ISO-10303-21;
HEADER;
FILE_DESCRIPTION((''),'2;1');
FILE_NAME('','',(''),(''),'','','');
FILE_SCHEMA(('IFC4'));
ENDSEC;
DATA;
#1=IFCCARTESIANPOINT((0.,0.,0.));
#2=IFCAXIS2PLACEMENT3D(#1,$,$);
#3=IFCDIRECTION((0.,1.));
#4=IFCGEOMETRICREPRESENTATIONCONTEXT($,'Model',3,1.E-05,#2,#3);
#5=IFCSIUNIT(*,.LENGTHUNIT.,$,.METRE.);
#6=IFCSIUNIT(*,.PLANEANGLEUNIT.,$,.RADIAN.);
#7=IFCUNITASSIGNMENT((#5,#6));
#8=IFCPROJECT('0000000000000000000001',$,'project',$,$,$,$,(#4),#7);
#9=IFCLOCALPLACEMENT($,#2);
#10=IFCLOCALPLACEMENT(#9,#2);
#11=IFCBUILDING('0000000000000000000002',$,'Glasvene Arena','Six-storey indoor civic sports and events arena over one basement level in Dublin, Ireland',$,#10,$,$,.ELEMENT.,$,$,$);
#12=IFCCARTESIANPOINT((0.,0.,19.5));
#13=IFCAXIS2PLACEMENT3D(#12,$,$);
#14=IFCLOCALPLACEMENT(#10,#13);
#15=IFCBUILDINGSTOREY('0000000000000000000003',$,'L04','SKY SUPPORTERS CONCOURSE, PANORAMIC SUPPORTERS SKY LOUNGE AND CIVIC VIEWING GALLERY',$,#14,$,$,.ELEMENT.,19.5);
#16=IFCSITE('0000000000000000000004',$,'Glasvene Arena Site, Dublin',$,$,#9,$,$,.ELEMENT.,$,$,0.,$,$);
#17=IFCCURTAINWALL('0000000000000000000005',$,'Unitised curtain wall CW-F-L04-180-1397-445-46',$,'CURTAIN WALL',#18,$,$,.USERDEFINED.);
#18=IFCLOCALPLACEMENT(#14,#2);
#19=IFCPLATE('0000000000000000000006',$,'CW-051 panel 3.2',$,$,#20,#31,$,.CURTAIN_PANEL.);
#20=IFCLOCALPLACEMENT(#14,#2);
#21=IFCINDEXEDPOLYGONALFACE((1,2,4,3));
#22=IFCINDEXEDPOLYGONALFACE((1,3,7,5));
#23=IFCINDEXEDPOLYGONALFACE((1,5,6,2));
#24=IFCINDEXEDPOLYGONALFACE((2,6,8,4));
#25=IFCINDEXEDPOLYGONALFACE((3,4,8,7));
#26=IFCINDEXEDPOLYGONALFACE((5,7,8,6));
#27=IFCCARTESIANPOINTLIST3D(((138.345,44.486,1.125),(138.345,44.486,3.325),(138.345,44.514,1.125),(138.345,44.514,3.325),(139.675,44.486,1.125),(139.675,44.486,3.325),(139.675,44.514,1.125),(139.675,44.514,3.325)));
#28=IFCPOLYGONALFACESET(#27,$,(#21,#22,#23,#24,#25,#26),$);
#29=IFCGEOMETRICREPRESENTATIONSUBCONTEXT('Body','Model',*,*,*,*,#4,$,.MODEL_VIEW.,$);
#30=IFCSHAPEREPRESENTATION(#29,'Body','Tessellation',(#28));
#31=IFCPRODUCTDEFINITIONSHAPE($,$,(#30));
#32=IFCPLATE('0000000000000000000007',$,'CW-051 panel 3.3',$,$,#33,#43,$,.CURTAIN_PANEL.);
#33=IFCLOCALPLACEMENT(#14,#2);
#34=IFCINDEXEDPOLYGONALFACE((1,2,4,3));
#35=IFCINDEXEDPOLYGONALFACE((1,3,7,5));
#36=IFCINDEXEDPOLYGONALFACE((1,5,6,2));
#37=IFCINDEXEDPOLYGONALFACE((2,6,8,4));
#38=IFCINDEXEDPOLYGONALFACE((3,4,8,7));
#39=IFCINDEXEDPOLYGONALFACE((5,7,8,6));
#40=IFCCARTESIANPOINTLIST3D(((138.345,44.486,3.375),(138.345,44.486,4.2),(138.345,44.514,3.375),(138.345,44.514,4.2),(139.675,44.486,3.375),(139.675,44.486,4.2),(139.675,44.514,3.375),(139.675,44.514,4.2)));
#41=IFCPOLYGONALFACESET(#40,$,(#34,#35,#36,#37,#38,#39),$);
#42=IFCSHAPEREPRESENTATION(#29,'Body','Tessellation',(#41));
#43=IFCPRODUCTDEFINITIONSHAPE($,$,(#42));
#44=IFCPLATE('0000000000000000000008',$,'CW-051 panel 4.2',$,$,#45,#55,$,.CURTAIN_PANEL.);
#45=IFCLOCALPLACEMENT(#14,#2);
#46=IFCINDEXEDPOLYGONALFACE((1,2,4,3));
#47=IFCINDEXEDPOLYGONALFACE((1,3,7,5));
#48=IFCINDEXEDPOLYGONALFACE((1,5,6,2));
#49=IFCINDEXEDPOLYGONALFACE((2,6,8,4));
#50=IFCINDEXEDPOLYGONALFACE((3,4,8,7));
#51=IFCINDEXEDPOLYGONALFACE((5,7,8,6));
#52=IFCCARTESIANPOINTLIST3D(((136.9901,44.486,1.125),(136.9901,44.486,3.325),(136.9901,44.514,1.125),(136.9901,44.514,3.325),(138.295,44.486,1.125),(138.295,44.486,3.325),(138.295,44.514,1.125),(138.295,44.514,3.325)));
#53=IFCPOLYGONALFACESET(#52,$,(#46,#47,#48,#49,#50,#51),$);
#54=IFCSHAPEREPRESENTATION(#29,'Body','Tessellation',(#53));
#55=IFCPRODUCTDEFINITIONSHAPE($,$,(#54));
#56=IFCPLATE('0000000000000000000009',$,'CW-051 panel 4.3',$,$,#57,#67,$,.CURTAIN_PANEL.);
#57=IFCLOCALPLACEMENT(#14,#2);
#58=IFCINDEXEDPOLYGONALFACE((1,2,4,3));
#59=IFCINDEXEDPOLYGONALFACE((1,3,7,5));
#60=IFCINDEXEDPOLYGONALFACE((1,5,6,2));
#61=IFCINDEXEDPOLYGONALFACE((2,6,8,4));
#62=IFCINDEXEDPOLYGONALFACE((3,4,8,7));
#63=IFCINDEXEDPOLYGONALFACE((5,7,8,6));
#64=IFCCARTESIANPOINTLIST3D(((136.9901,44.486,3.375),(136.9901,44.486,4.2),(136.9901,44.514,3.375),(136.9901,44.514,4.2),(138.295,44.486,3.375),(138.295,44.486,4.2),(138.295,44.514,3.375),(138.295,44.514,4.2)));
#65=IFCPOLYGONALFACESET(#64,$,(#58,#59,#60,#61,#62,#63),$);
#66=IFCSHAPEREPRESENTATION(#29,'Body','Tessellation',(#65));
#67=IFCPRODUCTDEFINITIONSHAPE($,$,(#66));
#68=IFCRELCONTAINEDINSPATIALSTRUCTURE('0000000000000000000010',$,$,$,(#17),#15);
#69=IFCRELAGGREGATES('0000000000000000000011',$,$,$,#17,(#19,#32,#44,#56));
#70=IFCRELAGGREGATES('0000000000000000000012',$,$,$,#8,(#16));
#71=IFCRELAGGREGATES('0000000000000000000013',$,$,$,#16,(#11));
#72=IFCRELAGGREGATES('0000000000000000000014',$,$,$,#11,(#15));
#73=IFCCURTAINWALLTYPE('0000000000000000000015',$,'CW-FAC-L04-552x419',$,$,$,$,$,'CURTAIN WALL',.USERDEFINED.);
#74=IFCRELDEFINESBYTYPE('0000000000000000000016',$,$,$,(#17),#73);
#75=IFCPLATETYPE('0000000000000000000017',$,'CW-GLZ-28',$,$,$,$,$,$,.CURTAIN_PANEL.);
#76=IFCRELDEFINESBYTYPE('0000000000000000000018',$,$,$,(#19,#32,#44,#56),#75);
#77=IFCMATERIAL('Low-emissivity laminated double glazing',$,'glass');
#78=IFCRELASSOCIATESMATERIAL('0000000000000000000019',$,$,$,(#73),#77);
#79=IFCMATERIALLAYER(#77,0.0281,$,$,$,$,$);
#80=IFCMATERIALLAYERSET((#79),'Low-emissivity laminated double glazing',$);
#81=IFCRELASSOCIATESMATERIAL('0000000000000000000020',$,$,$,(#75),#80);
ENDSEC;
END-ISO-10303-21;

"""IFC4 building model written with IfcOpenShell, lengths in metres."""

from ifc_helpers import new_model, si_unit, direction, frame, origin, origin_2d, place, context, subcontext, project, spatial, rectangle, extrude, material, layer, layer_set, type_object, element, aggregate, save


model = new_model("IFC4")

# Units and contexts
model_context = context("Model", 3, precision=1e-05, world=origin(), true_north=direction((0.0, 1.0)))
body_context = subcontext(model_context, "Body", "Model", "MODEL_VIEW")
ifc_project = project(units=[si_unit("LENGTHUNIT", "METRE"), si_unit("PLANEANGLEUNIT", "RADIAN")], contexts=[model_context])

# Site, building, storey
site_placement = place(None, origin())
site = spatial("IfcSite", under=ifc_project, at=site_placement, Name="Glasvene Arena Site, Dublin", CompositionType="ELEMENT", RefElevation=0.0)
building_placement = place(site_placement, origin())
building = spatial("IfcBuilding", under=site, at=building_placement, Name="Glasvene Arena", Description="Six-storey indoor civic sports and events arena over one basement level in Dublin, Ireland", CompositionType="ELEMENT")
storey_placement = place(building_placement, frame((0.0, 0.0, 19.5)))
storey = spatial("IfcBuildingStorey", under=building, at=storey_placement, Name="L04", Description="SKY SUPPORTERS CONCOURSE, PANORAMIC SUPPORTERS SKY LOUNGE AND CIVIC VIEWING GALLERY", CompositionType="ELEMENT", Elevation=19.5)

# Curtain wall, plates
ifc_material_1 = material(Name="Low-emissivity laminated double glazing", Category="glass")
curtain_wall_type = type_object("IfcCurtainWallType", Name="CW-FAC-L04-552x419", ElementType="CURTAIN WALL", PredefinedType="USERDEFINED", material=ifc_material_1)
curtain_wall_placement = place(storey_placement, frame((142.46, 44.5, 0.0)))
curtain_wall = element("IfcCurtainWall", 1, at=curtain_wall_placement, inside=storey, type_object=curtain_wall_type, Name="Unitised curtain wall CW-F-L04-180-1397-445-46", ObjectType="CURTAIN WALL", PredefinedType="USERDEFINED")
ifc_layer = layer(ifc_material_1, 0.0281)
ifc_layer_set = layer_set([ifc_layer], Name="Low-emissivity laminated double glazing")
plate_type = type_object("IfcPlateType", Name="CW-GLZ-28", PredefinedType="CURTAIN_PANEL", material=ifc_layer_set)
plate_1_placement = place(storey_placement, frame((139.01, 44.5, 1.125), z_axis=(0.0, 0.0, 1.0), x_axis=(-1.0, 0.0, 0.0)))
plate_1 = element("IfcPlate", 2, at=plate_1_placement, type_object=plate_type, Name="CW-051 panel 3.2", PredefinedType="CURTAIN_PANEL", context=body_context, shape_type="SweptSolid", body=[
    extrude(rectangle(XDim=1.3301, YDim=0.0281, at=origin_2d()), origin(), (0.0, 0.0, 1.0), 2.2),
])
plate_2_placement = place(storey_placement, frame((139.01, 44.5, 3.375), z_axis=(0.0, 0.0, 1.0), x_axis=(-1.0, 0.0, 0.0)))
plate_2 = element("IfcPlate", 3, at=plate_2_placement, type_object=plate_type, Name="CW-051 panel 3.3", PredefinedType="CURTAIN_PANEL", context=body_context, shape_type="SweptSolid", body=[
    extrude(rectangle(XDim=1.3301, YDim=0.0281, at=origin_2d()), origin(), (0.0, 0.0, 1.0), 0.825),
])
plate_3_placement = place(storey_placement, frame((137.6426, 44.5, 1.125), z_axis=(0.0, 0.0, 1.0), x_axis=(-1.0, 0.0, 0.0)))
plate_3 = element("IfcPlate", 4, at=plate_3_placement, type_object=plate_type, Name="CW-051 panel 4.2", PredefinedType="CURTAIN_PANEL", context=body_context, shape_type="SweptSolid", body=[
    extrude(rectangle(XDim=1.3049, YDim=0.0281, at=origin_2d()), origin(), (0.0, 0.0, 1.0), 2.2),
])
plate_4_placement = place(storey_placement, frame((137.6426, 44.5, 3.375), z_axis=(0.0, 0.0, 1.0), x_axis=(-1.0, 0.0, 0.0)))
plate_4 = element("IfcPlate", 5, at=plate_4_placement, type_object=plate_type, Name="CW-051 panel 4.3", PredefinedType="CURTAIN_PANEL", context=body_context, shape_type="SweptSolid", body=[
    extrude(rectangle(XDim=1.3049, YDim=0.0281, at=origin_2d()), origin(), (0.0, 0.0, 1.0), 0.825),
])
aggregate(curtain_wall, [plate_1, plate_2, plate_3, plate_4])

save(model, "model.ifc")
